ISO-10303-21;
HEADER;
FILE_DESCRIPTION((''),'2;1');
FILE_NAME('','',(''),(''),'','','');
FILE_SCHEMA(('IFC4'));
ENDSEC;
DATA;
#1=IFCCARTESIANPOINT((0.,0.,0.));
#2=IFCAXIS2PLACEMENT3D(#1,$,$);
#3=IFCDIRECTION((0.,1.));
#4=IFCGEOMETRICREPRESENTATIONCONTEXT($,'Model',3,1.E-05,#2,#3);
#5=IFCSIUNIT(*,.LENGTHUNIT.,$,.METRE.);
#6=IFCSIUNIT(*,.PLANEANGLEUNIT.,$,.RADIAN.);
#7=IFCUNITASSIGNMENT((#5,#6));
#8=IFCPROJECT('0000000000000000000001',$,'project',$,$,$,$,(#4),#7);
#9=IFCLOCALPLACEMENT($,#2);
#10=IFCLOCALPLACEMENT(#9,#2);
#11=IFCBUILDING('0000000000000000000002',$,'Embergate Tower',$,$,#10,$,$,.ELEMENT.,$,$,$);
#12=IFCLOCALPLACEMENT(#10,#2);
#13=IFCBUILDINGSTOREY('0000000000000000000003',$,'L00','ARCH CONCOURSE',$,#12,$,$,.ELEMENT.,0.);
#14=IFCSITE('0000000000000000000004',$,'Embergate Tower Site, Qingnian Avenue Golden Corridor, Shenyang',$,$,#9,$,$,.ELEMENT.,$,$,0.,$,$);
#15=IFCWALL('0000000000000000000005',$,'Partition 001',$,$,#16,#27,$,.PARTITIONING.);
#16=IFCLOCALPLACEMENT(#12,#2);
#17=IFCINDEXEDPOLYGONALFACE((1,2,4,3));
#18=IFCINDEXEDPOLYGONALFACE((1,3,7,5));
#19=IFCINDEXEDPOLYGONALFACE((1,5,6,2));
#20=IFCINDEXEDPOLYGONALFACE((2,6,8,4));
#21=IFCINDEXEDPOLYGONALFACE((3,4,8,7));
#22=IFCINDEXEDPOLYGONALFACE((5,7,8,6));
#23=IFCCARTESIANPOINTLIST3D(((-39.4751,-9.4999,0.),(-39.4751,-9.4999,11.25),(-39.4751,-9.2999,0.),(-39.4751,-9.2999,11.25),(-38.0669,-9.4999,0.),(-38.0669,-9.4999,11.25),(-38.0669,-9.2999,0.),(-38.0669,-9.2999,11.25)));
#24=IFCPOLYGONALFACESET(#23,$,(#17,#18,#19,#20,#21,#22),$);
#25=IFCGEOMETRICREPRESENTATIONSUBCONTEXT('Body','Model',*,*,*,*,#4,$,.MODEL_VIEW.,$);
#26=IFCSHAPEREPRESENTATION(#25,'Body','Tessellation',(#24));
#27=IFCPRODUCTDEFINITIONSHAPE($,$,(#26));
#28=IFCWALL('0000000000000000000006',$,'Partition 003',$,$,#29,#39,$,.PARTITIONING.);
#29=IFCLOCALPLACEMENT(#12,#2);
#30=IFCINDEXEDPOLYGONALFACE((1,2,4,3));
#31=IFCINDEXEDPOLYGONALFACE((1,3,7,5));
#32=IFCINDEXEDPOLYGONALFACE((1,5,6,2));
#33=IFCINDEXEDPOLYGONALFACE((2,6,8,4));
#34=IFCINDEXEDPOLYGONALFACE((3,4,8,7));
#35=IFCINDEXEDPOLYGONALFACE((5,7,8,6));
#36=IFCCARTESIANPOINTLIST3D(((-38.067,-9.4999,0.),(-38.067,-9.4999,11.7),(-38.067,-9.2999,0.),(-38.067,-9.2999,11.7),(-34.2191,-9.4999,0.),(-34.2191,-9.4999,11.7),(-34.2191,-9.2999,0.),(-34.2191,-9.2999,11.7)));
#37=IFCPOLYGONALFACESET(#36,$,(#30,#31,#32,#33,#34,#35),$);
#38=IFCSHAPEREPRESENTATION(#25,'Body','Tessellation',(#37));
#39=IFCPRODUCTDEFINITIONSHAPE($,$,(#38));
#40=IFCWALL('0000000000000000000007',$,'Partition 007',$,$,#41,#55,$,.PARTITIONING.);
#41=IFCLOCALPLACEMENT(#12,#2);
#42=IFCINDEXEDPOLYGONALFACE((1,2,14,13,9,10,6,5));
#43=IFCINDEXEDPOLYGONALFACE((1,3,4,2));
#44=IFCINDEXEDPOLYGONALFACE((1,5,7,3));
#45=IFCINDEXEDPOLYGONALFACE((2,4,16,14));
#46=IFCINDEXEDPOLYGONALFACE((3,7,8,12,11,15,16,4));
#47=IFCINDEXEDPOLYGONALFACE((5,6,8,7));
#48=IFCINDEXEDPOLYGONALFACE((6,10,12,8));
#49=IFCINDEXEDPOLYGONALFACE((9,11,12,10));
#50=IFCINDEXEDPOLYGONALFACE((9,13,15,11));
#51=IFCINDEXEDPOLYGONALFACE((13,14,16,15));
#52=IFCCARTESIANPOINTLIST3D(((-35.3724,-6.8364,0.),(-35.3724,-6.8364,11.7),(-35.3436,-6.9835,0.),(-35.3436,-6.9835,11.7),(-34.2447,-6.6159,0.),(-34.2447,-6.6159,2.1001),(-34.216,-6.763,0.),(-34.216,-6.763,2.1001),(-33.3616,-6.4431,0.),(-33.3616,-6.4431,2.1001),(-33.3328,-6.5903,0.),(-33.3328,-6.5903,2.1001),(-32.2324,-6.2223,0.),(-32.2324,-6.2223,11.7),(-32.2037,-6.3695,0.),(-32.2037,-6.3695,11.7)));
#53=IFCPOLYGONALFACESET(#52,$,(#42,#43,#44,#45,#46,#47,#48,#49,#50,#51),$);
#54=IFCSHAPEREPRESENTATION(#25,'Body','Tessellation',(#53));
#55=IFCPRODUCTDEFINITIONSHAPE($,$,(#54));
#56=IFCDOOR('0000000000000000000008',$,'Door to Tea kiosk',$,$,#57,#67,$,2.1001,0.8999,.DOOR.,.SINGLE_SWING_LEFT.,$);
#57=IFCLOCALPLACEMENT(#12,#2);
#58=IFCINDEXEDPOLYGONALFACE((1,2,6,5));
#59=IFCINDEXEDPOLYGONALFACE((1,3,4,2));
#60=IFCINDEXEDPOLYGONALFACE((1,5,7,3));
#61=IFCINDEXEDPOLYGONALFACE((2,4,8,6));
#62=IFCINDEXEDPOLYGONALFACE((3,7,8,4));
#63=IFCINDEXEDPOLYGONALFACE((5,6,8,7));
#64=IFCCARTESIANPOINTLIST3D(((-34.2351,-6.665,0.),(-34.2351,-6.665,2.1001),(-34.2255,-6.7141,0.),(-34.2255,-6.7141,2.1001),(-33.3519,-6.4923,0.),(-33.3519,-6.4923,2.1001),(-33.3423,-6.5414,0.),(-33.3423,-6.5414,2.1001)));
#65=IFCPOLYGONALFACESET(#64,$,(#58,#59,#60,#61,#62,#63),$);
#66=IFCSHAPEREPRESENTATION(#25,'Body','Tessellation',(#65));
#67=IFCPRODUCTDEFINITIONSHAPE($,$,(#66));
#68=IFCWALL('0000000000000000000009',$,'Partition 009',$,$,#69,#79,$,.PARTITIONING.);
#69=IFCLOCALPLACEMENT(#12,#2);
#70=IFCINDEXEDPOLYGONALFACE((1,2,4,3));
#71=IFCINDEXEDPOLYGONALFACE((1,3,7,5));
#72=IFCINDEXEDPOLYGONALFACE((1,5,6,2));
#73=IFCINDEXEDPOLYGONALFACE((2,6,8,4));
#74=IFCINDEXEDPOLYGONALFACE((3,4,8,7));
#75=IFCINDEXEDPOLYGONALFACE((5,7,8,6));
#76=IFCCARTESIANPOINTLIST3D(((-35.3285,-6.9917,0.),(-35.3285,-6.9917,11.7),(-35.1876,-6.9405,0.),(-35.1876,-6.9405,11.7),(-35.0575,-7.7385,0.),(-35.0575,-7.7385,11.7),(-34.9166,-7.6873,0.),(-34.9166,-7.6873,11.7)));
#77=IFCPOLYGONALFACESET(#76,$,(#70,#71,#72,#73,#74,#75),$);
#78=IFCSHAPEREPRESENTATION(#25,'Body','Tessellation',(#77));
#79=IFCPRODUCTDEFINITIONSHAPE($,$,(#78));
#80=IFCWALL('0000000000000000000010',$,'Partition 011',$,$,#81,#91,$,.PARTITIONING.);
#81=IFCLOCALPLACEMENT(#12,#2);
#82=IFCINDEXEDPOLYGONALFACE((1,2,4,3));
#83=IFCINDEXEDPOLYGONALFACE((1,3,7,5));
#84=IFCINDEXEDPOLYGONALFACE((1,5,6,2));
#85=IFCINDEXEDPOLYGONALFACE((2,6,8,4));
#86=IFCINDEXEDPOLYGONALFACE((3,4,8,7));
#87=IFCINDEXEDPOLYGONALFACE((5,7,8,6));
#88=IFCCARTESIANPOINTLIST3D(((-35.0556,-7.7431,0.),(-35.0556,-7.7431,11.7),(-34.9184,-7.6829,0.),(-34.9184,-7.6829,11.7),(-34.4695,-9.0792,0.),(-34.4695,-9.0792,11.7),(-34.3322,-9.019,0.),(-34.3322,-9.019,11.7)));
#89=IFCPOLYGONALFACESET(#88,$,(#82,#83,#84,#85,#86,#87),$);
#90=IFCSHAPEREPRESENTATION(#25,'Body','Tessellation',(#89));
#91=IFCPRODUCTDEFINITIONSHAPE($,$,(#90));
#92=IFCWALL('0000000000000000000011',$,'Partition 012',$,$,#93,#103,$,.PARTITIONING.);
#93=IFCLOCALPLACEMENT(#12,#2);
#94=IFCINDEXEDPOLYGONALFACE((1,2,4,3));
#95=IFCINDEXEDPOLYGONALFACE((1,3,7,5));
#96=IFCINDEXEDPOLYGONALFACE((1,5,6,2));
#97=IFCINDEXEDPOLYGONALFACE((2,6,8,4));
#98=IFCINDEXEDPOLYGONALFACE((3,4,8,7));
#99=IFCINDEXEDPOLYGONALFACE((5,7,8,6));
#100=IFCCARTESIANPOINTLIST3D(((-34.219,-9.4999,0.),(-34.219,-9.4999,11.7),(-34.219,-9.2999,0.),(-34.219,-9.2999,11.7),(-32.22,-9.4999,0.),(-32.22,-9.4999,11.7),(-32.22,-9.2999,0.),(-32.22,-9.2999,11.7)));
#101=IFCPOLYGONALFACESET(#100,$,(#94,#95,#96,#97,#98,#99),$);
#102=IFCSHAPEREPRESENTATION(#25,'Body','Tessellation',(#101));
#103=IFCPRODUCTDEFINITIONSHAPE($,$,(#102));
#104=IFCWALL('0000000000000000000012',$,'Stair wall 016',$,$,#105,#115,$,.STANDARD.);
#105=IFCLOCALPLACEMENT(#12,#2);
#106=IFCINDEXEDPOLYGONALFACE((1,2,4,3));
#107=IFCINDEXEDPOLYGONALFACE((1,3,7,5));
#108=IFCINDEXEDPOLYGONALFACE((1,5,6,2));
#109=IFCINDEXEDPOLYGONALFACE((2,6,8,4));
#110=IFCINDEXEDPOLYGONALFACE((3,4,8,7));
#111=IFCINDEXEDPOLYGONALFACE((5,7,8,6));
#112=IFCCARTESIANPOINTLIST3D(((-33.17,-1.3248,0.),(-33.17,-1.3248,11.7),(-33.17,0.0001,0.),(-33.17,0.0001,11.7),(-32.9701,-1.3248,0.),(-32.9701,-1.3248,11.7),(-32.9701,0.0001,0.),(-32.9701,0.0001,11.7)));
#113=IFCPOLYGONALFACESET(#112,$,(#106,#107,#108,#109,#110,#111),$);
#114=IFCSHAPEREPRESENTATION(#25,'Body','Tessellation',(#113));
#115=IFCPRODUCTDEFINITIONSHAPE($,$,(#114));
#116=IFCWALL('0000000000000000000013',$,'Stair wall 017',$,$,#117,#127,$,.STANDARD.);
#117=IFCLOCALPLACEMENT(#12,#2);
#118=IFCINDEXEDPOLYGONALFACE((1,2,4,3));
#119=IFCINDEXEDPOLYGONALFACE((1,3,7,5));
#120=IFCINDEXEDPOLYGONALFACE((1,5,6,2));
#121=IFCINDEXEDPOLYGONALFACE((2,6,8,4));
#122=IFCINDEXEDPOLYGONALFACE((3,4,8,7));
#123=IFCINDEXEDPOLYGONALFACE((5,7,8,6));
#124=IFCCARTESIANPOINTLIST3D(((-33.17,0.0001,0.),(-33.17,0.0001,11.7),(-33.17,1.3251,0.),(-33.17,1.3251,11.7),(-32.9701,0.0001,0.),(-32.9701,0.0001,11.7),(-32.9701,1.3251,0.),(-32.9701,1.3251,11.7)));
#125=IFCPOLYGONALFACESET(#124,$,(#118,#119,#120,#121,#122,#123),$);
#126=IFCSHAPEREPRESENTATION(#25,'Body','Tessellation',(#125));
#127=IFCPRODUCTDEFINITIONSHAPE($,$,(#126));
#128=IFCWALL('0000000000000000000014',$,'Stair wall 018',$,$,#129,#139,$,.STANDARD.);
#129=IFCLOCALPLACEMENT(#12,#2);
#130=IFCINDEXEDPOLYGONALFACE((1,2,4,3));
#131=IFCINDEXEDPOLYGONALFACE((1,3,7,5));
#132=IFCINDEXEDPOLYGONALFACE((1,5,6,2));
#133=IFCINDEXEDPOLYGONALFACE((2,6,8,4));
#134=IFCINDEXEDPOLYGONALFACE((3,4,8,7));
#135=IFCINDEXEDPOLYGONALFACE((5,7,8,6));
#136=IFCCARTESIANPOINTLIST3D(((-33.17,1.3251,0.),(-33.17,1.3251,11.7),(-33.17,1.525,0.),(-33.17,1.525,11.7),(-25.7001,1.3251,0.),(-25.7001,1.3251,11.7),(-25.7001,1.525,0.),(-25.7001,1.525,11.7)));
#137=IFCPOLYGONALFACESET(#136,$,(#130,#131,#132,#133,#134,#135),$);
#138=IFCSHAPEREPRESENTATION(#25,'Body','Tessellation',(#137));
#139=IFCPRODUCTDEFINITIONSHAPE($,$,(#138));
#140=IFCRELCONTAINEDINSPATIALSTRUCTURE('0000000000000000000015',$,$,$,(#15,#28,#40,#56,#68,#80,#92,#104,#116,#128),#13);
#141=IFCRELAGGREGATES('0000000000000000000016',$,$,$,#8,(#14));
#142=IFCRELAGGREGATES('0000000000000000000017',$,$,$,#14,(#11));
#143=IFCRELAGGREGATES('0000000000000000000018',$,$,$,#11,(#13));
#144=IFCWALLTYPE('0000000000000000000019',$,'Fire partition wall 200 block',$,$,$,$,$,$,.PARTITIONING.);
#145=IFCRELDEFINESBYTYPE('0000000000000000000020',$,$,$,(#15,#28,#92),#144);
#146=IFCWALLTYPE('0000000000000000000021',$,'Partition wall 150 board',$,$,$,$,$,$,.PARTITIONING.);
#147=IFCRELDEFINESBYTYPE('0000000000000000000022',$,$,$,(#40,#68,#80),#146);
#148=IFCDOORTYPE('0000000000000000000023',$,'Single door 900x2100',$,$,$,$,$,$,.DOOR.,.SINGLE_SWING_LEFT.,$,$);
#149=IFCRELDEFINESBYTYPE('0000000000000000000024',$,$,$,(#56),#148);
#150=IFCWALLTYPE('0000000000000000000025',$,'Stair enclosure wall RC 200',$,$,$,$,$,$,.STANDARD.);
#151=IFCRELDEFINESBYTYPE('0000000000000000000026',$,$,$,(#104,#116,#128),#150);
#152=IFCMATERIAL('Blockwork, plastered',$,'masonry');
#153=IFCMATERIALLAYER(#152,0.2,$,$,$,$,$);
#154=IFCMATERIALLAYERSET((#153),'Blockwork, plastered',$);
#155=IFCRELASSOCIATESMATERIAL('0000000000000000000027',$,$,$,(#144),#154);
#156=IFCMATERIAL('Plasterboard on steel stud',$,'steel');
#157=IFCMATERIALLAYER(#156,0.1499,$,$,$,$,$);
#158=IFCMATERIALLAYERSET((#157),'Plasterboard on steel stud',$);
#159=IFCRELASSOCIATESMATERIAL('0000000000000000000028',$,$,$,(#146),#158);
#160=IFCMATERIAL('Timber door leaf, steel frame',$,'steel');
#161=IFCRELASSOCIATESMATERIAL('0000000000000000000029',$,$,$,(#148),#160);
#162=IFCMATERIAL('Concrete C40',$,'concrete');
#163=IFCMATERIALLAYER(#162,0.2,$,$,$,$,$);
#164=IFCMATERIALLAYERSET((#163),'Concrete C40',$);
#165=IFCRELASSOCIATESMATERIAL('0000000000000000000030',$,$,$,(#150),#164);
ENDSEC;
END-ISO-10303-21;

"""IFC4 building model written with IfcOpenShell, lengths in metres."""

from ifc_helpers import new_model, si_unit, direction, frame, frame_2d, origin, place, context, subcontext, project, spatial, rectangle, extrude, source, transform, mapped, material, layer, layer_set, type_object, element, fill, save


model = new_model("IFC4")

# Units and contexts
model_context = context("Model", 3, precision=1e-05, world=origin(), true_north=direction((0.0, 1.0)))
body_context = subcontext(model_context, "Body", "Model", "MODEL_VIEW")
ifc_project = project(units=[si_unit("LENGTHUNIT", "METRE"), si_unit("PLANEANGLEUNIT", "RADIAN")], contexts=[model_context])

# Site, building, storey
site_placement = place(None, origin())
site = spatial("IfcSite", under=ifc_project, at=site_placement, Name="Embergate Tower Site, Qingnian Avenue Golden Corridor, Shenyang", CompositionType="ELEMENT", RefElevation=0.0)
building_placement = place(site_placement, origin())
building = spatial("IfcBuilding", under=site, at=building_placement, Name="Embergate Tower", CompositionType="ELEMENT")
storey_placement = place(building_placement, origin())
storey = spatial("IfcBuildingStorey", under=building, at=storey_placement, Name="L00", Description="ARCH CONCOURSE", CompositionType="ELEMENT", Elevation=0.0)

# Walls
ifc_material_1 = material(Name="Blockwork, plastered", Category="masonry")
ifc_layer_1 = layer(ifc_material_1, 0.2)
ifc_layer_set_1 = layer_set([ifc_layer_1], Name="Blockwork, plastered")
wall_type_1 = type_object("IfcWallType", Name="Fire partition wall 200 block", PredefinedType="PARTITIONING", material=ifc_layer_set_1)
shared_shape_1 = source(origin(), body_context, "Body", "SweptSolid", [
    extrude(rectangle(XDim=1.4082, YDim=0.2, at=frame_2d((0.7041, 0.0))), origin(), (0.0, 0.0, 1.0), 11.25),
])
wall_1_placement = place(storey_placement, frame((-39.4751, -9.3999, 0.0), z_axis=(0.0, 0.0, 1.0), x_axis=(1.0, 0.0, 0.0)))
element("IfcWall", 1, at=wall_1_placement, inside=storey, type_object=wall_type_1, Name="Partition 001", PredefinedType="PARTITIONING", context=body_context, shape_type="MappedRepresentation", body=[
    mapped(shared_shape_1, transform((0.0, 0.0, 0.0))),
])
shared_shape_2 = source(origin(), body_context, "Body", "SweptSolid", [
    extrude(rectangle(XDim=3.8479, YDim=0.2, at=frame_2d((1.9238, 0.0))), origin(), (0.0, 0.0, 1.0), 11.7),
])
wall_2_placement = place(storey_placement, frame((-38.0669, -9.3999, 0.0), z_axis=(0.0, 0.0, 1.0), x_axis=(1.0, 0.0, 0.0)))
element("IfcWall", 2, at=wall_2_placement, inside=storey, type_object=wall_type_1, Name="Partition 003", PredefinedType="PARTITIONING", context=body_context, shape_type="MappedRepresentation", body=[
    mapped(shared_shape_2, transform((0.0, 0.0, 0.0))),
])

# Wall, opening, door
ifc_material_2 = material(Name="Plasterboard on steel stud", Category="steel")
ifc_layer_2 = layer(ifc_material_2, 0.1499)
ifc_layer_set_2 = layer_set([ifc_layer_2], Name="Plasterboard on steel stud")
wall_type_2 = type_object("IfcWallType", Name="Partition wall 150 board", PredefinedType="PARTITIONING", material=ifc_layer_set_2)
shared_shape_3 = source(origin(), body_context, "Body", "SweptSolid", [
    extrude(rectangle(XDim=3.1995, YDim=0.1499, at=frame_2d((1.5996, 0.0))), origin(), (0.0, 0.0, 1.0), 11.7),
])
wall_3_placement = place(storey_placement, frame((-35.3579, -6.9099, 0.0), z_axis=(0.0, 0.0, 1.0), x_axis=(0.981411, 0.191917, 0.0)))
wall_3 = element("IfcWall", 3, at=wall_3_placement, inside=storey, type_object=wall_type_2, Name="Partition 007", PredefinedType="PARTITIONING", context=body_context, shape_type="MappedRepresentation", body=[
    mapped(shared_shape_3, transform((0.0, 0.0, 0.0))),
])
shared_shape_4 = source(origin(), body_context, "Body", "SweptSolid", [
    extrude(rectangle(XDim=0.8999, YDim=2.1001, at=frame_2d((0.45, 1.05))), frame((0.0, 0.085, 0.0), z_axis=(0.0, -1.0, 0.0), x_axis=(1.0, 0.0, 0.0)), (0.0, 0.0, 1.0), 0.1699),
])
opening_1_placement = place(wall_3_placement, frame((1.1489, 0.0, 0.0)))
opening_1 = element("IfcOpeningElement", 4, at=opening_1_placement, cuts=wall_3, PredefinedType="OPENING", context=body_context, shape_type="MappedRepresentation", body=[
    mapped(shared_shape_4, transform((0.0, 0.0, 0.0))),
])
ifc_material_3 = material(Name="Timber door leaf, steel frame", Category="steel")
door_type_1 = type_object("IfcDoorType", Name="Single door 900x2100", OperationType="SINGLE_SWING_LEFT", PredefinedType="DOOR", material=ifc_material_3)
shared_shape_5 = source(origin(), body_context, "Body", "SweptSolid", [
    extrude(rectangle(XDim=0.8999, YDim=2.1001, at=frame_2d((0.45, 1.05))), frame((0.0, 0.0249, 0.0), z_axis=(0.0, -1.0, 0.0), x_axis=(1.0, 0.0, 0.0)), (0.0, 0.0, 1.0), 0.05),
])
door_1_placement = place(opening_1_placement, origin())
door_1 = element("IfcDoor", 5, at=door_1_placement, inside=storey, type_object=door_type_1, Name="Door to Tea kiosk", OperationType="SINGLE_SWING_LEFT", OverallHeight=2.1001, OverallWidth=0.8999, PredefinedType="DOOR", context=body_context, shape_type="MappedRepresentation", body=[
    mapped(shared_shape_5, transform((0.0, 0.0, 0.0))),
])
fill(opening_1, door_1)

# Walls
shared_shape_6 = source(origin(), body_context, "Body", "SweptSolid", [
    extrude(rectangle(XDim=0.7944, YDim=0.1499, at=frame_2d((0.3972, 0.0))), origin(), (0.0, 0.0, 1.0), 11.7),
])
wall_4_placement = place(storey_placement, frame((-34.9871, -7.7129, 0.0), z_axis=(0.0, 0.0, 1.0), x_axis=(-0.341101, 0.940026, 0.0)))
element("IfcWall", 6, at=wall_4_placement, inside=storey, type_object=wall_type_2, Name="Partition 009", PredefinedType="PARTITIONING", context=body_context, shape_type="MappedRepresentation", body=[
    mapped(shared_shape_6, transform((0.0, 0.0, 0.0))),
])
shared_shape_7 = source(origin(), body_context, "Body", "SweptSolid", [
    extrude(rectangle(XDim=1.459, YDim=0.1499, at=frame_2d((0.7295, 0.0))), origin(), (0.0, 0.0, 1.0), 11.7),
])
wall_5_placement = place(storey_placement, frame((-34.4009, -9.0491, 0.0), z_axis=(0.0, 0.0, 1.0), x_axis=(-0.40174, 0.915754, 0.0)))
element("IfcWall", 7, at=wall_5_placement, inside=storey, type_object=wall_type_2, Name="Partition 011", PredefinedType="PARTITIONING", context=body_context, shape_type="MappedRepresentation", body=[
    mapped(shared_shape_7, transform((0.0, 0.0, 0.0))),
])
shared_shape_8 = source(origin(), body_context, "Body", "SweptSolid", [
    extrude(rectangle(XDim=1.999, YDim=0.2, at=frame_2d((0.9995, 0.0))), origin(), (0.0, 0.0, 1.0), 11.7),
])
wall_6_placement = place(storey_placement, frame((-34.219, -9.3999, 0.0), z_axis=(0.0, 0.0, 1.0), x_axis=(1.0, 0.0, 0.0)))
element("IfcWall", 8, at=wall_6_placement, inside=storey, type_object=wall_type_1, Name="Partition 012", PredefinedType="PARTITIONING", context=body_context, shape_type="MappedRepresentation", body=[
    mapped(shared_shape_8, transform((0.0, 0.0, 0.0))),
])
ifc_material_4 = material(Name="Concrete C40", Category="concrete")
ifc_layer_3 = layer(ifc_material_4, 0.2)
ifc_layer_set_3 = layer_set([ifc_layer_3], Name="Concrete C40")
wall_type_3 = type_object("IfcWallType", Name="Stair enclosure wall RC 200", PredefinedType="STANDARD", material=ifc_layer_set_3)
shared_shape_9 = source(origin(), body_context, "Body", "SweptSolid", [
    extrude(rectangle(XDim=1.325, YDim=0.2, at=frame_2d((0.6626, 0.0))), origin(), (0.0, 0.0, 1.0), 11.7),
])
for number, where, z_axis, x_axis, name in (
    (9, (-33.0701, -1.325, 0.0), (0.0, 0.0, 1.0), (0.0, 1.0, 0.0), "Stair wall 016"),
    (10, (-33.0701, 0.0, 0.0), (0.0, 0.0, 1.0), (0.0, 1.0, 0.0), "Stair wall 017"),
):
    element("IfcWall", number, at=place(storey_placement, frame(where, z_axis=z_axis, x_axis=x_axis)), inside=storey, type_object=wall_type_3, Name=name, PredefinedType="STANDARD", context=body_context, shape_type="MappedRepresentation", body=[
        mapped(shared_shape_9, transform((0.0, 0.0, 0.0))),
    ])
shared_shape_10 = source(origin(), body_context, "Body", "SweptSolid", [
    extrude(rectangle(XDim=7.47, YDim=0.2, at=frame_2d((3.7349, 0.0))), origin(), (0.0, 0.0, 1.0), 11.7),
])
wall_7_placement = place(storey_placement, frame((-33.1699, 1.425, 0.0), z_axis=(0.0, 0.0, 1.0), x_axis=(1.0, 0.0, 0.0)))
element("IfcWall", 11, at=wall_7_placement, inside=storey, type_object=wall_type_3, Name="Stair wall 018", PredefinedType="STANDARD", context=body_context, shape_type="MappedRepresentation", body=[
    mapped(shared_shape_10, transform((0.0, 0.0, 0.0))),
])

save(model, "model.ifc")
